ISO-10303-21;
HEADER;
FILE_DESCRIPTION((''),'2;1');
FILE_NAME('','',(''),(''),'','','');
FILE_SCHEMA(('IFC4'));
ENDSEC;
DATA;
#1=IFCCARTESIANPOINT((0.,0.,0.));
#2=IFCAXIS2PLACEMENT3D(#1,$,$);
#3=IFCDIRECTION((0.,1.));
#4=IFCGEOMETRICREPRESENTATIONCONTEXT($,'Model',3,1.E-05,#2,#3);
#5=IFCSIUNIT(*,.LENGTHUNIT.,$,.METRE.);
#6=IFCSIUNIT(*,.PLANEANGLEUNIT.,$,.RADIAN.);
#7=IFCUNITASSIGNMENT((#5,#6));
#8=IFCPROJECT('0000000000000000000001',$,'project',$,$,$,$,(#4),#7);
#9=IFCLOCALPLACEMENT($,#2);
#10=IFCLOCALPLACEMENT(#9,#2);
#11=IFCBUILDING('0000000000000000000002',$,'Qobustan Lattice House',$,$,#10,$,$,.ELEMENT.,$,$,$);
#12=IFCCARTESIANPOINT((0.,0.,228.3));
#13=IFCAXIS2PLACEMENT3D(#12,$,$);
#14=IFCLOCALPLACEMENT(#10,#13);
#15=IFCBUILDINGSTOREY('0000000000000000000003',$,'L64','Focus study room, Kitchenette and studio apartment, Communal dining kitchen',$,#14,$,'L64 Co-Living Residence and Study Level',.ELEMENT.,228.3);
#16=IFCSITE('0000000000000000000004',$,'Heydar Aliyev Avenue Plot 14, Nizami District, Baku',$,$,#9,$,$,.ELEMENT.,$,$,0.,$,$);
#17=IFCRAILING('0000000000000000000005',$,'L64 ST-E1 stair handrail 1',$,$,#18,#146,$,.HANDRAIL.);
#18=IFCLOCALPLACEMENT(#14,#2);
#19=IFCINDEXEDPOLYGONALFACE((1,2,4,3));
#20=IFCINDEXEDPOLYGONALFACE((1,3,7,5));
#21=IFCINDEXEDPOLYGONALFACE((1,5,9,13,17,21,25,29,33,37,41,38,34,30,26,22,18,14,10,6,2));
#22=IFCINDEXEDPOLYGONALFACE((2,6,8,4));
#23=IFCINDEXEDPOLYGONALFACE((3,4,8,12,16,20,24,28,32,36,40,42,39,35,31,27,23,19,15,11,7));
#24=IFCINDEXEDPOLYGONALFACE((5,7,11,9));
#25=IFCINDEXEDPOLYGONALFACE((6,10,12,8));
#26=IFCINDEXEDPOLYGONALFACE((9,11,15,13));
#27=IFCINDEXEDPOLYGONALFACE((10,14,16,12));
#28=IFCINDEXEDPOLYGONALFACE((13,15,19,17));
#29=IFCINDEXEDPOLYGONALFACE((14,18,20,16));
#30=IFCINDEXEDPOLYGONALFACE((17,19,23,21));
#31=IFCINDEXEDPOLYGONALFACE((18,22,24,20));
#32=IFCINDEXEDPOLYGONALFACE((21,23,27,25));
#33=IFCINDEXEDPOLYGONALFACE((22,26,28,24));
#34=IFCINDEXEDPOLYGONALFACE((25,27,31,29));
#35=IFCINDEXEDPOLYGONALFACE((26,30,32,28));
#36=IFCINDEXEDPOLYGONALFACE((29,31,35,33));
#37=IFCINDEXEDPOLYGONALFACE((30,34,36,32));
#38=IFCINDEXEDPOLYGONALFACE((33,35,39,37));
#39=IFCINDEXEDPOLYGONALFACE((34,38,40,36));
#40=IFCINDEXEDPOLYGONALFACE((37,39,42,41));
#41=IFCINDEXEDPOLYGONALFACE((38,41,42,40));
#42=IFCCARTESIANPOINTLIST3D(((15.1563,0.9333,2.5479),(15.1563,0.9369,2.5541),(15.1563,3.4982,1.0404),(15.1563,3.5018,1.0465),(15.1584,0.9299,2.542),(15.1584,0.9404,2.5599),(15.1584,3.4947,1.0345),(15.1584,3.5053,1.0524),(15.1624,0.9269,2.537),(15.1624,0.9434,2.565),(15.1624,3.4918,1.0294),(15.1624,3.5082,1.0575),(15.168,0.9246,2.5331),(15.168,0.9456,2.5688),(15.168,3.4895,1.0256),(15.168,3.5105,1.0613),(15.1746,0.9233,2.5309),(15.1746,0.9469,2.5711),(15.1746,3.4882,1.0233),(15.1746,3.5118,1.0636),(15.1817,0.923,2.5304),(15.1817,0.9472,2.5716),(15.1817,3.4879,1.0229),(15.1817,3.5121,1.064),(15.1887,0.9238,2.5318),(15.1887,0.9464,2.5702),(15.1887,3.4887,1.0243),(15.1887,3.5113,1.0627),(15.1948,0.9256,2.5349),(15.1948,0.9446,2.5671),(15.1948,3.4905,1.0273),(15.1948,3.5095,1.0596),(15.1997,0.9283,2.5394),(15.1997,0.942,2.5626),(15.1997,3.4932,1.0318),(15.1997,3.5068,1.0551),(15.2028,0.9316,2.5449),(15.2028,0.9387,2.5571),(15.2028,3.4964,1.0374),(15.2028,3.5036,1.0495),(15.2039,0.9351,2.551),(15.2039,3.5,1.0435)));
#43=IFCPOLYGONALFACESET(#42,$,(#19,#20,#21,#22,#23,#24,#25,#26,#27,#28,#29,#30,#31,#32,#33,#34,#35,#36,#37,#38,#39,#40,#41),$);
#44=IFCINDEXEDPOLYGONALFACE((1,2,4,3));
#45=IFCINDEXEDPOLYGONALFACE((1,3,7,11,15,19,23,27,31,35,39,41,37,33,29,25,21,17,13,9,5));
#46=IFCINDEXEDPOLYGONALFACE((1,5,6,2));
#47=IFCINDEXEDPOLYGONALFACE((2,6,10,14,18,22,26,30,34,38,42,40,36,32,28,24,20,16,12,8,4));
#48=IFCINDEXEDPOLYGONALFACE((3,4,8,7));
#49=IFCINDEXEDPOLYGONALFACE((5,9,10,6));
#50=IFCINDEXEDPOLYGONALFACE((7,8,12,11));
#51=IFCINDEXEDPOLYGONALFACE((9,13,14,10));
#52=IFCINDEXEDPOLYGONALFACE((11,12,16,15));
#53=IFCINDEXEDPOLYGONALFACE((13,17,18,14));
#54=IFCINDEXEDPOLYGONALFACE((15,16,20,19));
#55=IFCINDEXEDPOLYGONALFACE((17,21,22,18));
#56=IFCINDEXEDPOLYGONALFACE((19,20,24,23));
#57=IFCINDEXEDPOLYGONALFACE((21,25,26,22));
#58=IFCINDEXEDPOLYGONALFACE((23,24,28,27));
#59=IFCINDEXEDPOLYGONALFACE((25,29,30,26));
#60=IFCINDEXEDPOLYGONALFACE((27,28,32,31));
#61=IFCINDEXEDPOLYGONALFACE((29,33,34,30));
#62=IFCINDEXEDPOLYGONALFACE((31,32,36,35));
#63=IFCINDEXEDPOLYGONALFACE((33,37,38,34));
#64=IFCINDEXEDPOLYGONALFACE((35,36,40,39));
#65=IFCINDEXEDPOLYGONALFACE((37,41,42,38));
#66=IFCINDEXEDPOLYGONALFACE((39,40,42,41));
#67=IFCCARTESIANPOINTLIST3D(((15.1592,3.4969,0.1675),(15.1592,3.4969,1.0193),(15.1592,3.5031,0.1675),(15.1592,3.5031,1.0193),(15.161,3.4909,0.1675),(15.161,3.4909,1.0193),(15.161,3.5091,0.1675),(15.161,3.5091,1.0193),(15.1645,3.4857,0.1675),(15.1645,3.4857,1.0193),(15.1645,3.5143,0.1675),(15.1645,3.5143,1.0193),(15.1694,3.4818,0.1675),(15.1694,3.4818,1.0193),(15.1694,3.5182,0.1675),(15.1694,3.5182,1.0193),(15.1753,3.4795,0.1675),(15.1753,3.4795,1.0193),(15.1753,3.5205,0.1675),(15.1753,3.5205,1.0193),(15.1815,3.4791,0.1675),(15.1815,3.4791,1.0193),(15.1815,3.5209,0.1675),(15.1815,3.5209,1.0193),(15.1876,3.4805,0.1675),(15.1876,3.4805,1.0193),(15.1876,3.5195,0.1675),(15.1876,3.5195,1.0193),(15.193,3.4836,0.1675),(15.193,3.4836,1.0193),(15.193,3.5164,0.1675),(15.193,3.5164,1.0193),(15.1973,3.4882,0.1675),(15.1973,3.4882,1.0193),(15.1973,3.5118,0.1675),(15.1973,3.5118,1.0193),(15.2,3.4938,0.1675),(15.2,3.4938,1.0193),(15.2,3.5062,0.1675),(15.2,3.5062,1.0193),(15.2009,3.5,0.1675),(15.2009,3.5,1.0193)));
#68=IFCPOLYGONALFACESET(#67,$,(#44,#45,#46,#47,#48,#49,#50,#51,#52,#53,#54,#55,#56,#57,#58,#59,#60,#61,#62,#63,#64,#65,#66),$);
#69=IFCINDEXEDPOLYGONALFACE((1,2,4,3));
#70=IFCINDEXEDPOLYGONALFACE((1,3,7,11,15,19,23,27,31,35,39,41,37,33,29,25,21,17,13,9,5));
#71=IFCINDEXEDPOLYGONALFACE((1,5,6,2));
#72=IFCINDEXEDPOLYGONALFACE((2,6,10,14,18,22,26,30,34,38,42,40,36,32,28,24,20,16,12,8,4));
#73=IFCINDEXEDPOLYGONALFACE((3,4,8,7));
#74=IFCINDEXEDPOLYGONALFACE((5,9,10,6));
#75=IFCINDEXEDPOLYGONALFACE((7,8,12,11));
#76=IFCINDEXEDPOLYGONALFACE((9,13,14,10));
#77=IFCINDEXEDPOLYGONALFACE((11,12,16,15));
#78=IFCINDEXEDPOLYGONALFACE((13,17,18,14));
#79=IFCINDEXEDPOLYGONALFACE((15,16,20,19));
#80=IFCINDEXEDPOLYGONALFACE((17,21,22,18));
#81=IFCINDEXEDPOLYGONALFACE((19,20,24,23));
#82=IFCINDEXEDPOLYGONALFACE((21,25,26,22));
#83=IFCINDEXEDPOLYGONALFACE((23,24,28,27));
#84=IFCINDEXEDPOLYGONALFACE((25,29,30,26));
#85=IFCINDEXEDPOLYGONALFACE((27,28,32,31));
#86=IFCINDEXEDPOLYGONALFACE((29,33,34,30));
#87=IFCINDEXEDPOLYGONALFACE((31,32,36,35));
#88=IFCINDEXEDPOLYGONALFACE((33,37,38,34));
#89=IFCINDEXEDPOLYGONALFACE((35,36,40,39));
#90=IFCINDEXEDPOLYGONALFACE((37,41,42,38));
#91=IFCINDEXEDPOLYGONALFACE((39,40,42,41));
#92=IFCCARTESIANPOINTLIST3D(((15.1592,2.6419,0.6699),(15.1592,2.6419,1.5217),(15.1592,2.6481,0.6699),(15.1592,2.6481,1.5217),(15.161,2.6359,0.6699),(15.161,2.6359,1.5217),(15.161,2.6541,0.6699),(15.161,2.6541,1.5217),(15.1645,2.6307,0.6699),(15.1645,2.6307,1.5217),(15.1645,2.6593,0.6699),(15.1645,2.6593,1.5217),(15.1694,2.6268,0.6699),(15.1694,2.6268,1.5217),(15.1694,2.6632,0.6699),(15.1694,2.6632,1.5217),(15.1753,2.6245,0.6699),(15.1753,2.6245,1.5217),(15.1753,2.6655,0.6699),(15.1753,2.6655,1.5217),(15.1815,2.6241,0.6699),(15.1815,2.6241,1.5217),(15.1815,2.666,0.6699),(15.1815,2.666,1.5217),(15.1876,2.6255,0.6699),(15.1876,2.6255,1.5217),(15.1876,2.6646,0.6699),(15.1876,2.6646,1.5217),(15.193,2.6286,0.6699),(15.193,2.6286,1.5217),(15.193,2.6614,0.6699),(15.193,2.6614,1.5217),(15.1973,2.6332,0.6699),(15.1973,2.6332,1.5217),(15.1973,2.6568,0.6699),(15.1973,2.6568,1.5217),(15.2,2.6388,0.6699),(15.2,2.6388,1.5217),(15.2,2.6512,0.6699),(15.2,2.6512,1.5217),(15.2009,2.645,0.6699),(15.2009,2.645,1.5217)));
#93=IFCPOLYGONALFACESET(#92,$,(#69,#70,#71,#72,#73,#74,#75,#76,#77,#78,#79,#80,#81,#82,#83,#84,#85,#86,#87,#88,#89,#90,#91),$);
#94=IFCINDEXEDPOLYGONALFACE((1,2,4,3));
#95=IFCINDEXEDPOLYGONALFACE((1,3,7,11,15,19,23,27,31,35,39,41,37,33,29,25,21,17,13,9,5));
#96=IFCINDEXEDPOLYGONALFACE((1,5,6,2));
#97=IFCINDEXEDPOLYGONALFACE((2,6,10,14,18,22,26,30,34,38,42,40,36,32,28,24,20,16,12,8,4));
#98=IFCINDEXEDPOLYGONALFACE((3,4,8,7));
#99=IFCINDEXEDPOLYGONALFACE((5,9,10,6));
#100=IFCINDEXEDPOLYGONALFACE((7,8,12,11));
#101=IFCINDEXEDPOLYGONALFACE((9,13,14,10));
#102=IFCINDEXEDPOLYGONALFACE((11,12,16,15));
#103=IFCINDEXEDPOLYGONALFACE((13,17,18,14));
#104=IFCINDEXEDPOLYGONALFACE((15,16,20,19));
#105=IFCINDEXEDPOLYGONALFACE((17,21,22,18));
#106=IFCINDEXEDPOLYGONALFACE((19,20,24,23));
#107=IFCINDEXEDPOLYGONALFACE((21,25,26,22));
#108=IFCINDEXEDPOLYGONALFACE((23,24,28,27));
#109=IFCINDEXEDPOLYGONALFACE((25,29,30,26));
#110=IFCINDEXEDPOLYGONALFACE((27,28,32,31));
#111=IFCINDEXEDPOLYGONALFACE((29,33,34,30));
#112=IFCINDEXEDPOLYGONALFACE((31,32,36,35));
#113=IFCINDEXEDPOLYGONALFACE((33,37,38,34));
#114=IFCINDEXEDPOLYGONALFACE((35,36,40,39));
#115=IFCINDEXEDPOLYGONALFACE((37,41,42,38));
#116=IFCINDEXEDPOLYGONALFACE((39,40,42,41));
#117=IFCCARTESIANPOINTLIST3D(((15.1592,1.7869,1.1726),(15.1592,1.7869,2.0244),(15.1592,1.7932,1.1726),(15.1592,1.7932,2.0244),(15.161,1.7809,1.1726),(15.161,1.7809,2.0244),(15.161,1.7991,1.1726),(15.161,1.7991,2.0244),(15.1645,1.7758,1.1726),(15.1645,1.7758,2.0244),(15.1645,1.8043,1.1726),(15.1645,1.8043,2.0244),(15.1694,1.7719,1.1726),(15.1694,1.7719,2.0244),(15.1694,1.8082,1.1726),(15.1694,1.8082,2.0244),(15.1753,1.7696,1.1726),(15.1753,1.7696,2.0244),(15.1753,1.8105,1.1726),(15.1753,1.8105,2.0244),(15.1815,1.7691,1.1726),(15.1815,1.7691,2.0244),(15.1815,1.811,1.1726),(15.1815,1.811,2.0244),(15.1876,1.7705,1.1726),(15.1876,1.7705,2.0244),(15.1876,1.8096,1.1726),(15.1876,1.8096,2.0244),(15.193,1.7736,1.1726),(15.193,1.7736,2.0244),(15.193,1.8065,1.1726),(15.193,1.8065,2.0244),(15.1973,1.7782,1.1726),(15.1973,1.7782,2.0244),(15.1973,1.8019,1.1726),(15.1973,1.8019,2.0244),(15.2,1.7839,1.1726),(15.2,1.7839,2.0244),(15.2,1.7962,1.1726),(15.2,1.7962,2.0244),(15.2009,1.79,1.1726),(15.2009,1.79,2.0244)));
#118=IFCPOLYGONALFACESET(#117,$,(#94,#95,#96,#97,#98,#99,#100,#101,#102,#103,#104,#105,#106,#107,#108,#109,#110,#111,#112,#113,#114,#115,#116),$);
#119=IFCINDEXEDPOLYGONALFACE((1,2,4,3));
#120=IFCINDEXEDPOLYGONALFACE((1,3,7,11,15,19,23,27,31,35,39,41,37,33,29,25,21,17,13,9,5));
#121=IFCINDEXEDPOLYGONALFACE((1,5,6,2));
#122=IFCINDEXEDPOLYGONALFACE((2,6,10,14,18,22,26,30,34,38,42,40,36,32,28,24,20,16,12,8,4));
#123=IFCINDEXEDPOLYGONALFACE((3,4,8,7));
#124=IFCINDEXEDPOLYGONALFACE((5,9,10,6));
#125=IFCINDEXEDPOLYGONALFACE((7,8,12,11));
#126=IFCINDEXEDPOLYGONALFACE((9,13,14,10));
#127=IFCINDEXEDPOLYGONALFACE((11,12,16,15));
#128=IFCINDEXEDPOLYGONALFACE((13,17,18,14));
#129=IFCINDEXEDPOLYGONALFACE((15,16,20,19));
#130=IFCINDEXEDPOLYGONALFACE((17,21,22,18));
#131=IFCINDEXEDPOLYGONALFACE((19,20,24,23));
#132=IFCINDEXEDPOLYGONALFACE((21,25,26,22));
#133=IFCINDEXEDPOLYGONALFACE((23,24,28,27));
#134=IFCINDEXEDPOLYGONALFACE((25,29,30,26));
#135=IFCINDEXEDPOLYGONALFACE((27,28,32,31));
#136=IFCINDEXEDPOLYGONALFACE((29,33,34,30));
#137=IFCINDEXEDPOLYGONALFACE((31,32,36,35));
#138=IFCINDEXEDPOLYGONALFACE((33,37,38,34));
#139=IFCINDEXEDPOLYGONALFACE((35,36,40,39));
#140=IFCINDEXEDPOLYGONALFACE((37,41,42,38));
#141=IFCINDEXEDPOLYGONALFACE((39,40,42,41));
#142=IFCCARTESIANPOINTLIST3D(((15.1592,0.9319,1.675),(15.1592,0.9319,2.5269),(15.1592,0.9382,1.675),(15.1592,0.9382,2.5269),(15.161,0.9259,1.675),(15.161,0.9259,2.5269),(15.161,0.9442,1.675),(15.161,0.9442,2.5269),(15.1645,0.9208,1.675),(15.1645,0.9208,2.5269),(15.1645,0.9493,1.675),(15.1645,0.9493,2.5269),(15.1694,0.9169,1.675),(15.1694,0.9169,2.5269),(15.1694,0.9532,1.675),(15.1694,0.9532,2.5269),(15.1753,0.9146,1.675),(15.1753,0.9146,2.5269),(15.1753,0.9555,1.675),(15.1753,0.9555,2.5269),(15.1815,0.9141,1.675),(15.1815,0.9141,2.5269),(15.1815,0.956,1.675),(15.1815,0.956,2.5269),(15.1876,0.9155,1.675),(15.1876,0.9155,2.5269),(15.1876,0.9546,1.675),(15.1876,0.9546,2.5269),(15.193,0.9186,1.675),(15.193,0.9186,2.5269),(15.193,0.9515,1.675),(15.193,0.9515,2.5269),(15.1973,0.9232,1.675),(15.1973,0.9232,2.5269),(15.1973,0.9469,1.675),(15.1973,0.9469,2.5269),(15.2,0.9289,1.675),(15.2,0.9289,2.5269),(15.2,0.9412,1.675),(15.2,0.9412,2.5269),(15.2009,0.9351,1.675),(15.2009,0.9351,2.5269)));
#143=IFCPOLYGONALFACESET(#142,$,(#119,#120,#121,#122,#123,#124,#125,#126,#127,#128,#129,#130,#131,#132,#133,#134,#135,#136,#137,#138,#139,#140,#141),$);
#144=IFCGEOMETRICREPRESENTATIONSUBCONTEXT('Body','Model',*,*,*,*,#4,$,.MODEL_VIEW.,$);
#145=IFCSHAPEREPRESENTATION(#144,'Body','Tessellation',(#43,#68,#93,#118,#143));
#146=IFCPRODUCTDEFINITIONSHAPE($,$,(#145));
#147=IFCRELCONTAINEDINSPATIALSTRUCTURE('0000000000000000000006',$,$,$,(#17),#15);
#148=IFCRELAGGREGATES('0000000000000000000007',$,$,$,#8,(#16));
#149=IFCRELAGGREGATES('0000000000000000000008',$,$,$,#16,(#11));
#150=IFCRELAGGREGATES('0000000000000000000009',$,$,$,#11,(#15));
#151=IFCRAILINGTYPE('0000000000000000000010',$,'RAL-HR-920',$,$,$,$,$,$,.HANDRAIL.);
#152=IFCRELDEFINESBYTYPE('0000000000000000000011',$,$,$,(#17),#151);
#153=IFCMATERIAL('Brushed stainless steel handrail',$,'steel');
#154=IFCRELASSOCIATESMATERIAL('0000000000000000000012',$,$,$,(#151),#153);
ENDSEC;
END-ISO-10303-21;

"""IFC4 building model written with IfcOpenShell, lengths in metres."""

from ifc_helpers import new_model, si_unit, direction, frame, origin, origin_2d, place, context, subcontext, project, spatial, circle, extrude, material, type_object, element, save


model = new_model("IFC4")

# Units and contexts
model_context = context("Model", 3, precision=1e-05, world=origin(), true_north=direction((0.0, 1.0)))
body_context = subcontext(model_context, "Body", "Model", "MODEL_VIEW")
ifc_project = project(units=[si_unit("LENGTHUNIT", "METRE"), si_unit("PLANEANGLEUNIT", "RADIAN")], contexts=[model_context])

# Site, building, storey
site_placement = place(None, origin())
site = spatial("IfcSite", under=ifc_project, at=site_placement, Name="Heydar Aliyev Avenue Plot 14, Nizami District, Baku", CompositionType="ELEMENT", RefElevation=0.0)
building_placement = place(site_placement, origin())
building = spatial("IfcBuilding", under=site, at=building_placement, Name="Qobustan Lattice House", CompositionType="ELEMENT")
storey_placement = place(building_placement, frame((0.0, 0.0, 228.3)))
storey = spatial("IfcBuildingStorey", under=building, at=storey_placement, Name="L64", Description="Focus study room, Kitchenette and studio apartment, Communal dining kitchen", LongName="L64 Co-Living Residence and Study Level", CompositionType="ELEMENT", Elevation=228.3)

# Railing
ifc_material_1 = material(Name="Brushed stainless steel handrail", Category="steel")
railing_type_1 = type_object("IfcRailingType", Name="RAL-HR-920", PredefinedType="HANDRAIL", material=ifc_material_1)
railing_1_placement = place(storey_placement, frame((15.1799, 3.5, 0.1675)))
element("IfcRailing", 1, at=railing_1_placement, inside=storey, type_object=railing_type_1, Name="L64 ST-E1 stair handrail 1", PredefinedType="HANDRAIL", context=body_context, shape_type="SweptSolid", body=[
    extrude(circle(Radius=0.0239, at=origin_2d()), frame((0.0, 0.0, 0.876), z_axis=(0.0, -0.862113, 0.506715), x_axis=(1.0, 0.0, 0.0)), (0.0, 0.0, 1.0), 2.9751),
    extrude(circle(Radius=0.021, at=origin_2d()), origin(), (0.0, 0.0, 1.0), 0.8518),
    extrude(circle(Radius=0.021, at=origin_2d()), frame((0.0, -0.855, 0.5024)), (0.0, 0.0, 1.0), 0.8518),
    extrude(circle(Radius=0.021, at=origin_2d()), frame((0.0, -1.71, 1.0051)), (0.0, 0.0, 1.0), 0.8518),
    extrude(circle(Radius=0.021, at=origin_2d()), frame((0.0, -2.5649, 1.5076)), (0.0, 0.0, 1.0), 0.8518),
])

save(model, "model.ifc")
